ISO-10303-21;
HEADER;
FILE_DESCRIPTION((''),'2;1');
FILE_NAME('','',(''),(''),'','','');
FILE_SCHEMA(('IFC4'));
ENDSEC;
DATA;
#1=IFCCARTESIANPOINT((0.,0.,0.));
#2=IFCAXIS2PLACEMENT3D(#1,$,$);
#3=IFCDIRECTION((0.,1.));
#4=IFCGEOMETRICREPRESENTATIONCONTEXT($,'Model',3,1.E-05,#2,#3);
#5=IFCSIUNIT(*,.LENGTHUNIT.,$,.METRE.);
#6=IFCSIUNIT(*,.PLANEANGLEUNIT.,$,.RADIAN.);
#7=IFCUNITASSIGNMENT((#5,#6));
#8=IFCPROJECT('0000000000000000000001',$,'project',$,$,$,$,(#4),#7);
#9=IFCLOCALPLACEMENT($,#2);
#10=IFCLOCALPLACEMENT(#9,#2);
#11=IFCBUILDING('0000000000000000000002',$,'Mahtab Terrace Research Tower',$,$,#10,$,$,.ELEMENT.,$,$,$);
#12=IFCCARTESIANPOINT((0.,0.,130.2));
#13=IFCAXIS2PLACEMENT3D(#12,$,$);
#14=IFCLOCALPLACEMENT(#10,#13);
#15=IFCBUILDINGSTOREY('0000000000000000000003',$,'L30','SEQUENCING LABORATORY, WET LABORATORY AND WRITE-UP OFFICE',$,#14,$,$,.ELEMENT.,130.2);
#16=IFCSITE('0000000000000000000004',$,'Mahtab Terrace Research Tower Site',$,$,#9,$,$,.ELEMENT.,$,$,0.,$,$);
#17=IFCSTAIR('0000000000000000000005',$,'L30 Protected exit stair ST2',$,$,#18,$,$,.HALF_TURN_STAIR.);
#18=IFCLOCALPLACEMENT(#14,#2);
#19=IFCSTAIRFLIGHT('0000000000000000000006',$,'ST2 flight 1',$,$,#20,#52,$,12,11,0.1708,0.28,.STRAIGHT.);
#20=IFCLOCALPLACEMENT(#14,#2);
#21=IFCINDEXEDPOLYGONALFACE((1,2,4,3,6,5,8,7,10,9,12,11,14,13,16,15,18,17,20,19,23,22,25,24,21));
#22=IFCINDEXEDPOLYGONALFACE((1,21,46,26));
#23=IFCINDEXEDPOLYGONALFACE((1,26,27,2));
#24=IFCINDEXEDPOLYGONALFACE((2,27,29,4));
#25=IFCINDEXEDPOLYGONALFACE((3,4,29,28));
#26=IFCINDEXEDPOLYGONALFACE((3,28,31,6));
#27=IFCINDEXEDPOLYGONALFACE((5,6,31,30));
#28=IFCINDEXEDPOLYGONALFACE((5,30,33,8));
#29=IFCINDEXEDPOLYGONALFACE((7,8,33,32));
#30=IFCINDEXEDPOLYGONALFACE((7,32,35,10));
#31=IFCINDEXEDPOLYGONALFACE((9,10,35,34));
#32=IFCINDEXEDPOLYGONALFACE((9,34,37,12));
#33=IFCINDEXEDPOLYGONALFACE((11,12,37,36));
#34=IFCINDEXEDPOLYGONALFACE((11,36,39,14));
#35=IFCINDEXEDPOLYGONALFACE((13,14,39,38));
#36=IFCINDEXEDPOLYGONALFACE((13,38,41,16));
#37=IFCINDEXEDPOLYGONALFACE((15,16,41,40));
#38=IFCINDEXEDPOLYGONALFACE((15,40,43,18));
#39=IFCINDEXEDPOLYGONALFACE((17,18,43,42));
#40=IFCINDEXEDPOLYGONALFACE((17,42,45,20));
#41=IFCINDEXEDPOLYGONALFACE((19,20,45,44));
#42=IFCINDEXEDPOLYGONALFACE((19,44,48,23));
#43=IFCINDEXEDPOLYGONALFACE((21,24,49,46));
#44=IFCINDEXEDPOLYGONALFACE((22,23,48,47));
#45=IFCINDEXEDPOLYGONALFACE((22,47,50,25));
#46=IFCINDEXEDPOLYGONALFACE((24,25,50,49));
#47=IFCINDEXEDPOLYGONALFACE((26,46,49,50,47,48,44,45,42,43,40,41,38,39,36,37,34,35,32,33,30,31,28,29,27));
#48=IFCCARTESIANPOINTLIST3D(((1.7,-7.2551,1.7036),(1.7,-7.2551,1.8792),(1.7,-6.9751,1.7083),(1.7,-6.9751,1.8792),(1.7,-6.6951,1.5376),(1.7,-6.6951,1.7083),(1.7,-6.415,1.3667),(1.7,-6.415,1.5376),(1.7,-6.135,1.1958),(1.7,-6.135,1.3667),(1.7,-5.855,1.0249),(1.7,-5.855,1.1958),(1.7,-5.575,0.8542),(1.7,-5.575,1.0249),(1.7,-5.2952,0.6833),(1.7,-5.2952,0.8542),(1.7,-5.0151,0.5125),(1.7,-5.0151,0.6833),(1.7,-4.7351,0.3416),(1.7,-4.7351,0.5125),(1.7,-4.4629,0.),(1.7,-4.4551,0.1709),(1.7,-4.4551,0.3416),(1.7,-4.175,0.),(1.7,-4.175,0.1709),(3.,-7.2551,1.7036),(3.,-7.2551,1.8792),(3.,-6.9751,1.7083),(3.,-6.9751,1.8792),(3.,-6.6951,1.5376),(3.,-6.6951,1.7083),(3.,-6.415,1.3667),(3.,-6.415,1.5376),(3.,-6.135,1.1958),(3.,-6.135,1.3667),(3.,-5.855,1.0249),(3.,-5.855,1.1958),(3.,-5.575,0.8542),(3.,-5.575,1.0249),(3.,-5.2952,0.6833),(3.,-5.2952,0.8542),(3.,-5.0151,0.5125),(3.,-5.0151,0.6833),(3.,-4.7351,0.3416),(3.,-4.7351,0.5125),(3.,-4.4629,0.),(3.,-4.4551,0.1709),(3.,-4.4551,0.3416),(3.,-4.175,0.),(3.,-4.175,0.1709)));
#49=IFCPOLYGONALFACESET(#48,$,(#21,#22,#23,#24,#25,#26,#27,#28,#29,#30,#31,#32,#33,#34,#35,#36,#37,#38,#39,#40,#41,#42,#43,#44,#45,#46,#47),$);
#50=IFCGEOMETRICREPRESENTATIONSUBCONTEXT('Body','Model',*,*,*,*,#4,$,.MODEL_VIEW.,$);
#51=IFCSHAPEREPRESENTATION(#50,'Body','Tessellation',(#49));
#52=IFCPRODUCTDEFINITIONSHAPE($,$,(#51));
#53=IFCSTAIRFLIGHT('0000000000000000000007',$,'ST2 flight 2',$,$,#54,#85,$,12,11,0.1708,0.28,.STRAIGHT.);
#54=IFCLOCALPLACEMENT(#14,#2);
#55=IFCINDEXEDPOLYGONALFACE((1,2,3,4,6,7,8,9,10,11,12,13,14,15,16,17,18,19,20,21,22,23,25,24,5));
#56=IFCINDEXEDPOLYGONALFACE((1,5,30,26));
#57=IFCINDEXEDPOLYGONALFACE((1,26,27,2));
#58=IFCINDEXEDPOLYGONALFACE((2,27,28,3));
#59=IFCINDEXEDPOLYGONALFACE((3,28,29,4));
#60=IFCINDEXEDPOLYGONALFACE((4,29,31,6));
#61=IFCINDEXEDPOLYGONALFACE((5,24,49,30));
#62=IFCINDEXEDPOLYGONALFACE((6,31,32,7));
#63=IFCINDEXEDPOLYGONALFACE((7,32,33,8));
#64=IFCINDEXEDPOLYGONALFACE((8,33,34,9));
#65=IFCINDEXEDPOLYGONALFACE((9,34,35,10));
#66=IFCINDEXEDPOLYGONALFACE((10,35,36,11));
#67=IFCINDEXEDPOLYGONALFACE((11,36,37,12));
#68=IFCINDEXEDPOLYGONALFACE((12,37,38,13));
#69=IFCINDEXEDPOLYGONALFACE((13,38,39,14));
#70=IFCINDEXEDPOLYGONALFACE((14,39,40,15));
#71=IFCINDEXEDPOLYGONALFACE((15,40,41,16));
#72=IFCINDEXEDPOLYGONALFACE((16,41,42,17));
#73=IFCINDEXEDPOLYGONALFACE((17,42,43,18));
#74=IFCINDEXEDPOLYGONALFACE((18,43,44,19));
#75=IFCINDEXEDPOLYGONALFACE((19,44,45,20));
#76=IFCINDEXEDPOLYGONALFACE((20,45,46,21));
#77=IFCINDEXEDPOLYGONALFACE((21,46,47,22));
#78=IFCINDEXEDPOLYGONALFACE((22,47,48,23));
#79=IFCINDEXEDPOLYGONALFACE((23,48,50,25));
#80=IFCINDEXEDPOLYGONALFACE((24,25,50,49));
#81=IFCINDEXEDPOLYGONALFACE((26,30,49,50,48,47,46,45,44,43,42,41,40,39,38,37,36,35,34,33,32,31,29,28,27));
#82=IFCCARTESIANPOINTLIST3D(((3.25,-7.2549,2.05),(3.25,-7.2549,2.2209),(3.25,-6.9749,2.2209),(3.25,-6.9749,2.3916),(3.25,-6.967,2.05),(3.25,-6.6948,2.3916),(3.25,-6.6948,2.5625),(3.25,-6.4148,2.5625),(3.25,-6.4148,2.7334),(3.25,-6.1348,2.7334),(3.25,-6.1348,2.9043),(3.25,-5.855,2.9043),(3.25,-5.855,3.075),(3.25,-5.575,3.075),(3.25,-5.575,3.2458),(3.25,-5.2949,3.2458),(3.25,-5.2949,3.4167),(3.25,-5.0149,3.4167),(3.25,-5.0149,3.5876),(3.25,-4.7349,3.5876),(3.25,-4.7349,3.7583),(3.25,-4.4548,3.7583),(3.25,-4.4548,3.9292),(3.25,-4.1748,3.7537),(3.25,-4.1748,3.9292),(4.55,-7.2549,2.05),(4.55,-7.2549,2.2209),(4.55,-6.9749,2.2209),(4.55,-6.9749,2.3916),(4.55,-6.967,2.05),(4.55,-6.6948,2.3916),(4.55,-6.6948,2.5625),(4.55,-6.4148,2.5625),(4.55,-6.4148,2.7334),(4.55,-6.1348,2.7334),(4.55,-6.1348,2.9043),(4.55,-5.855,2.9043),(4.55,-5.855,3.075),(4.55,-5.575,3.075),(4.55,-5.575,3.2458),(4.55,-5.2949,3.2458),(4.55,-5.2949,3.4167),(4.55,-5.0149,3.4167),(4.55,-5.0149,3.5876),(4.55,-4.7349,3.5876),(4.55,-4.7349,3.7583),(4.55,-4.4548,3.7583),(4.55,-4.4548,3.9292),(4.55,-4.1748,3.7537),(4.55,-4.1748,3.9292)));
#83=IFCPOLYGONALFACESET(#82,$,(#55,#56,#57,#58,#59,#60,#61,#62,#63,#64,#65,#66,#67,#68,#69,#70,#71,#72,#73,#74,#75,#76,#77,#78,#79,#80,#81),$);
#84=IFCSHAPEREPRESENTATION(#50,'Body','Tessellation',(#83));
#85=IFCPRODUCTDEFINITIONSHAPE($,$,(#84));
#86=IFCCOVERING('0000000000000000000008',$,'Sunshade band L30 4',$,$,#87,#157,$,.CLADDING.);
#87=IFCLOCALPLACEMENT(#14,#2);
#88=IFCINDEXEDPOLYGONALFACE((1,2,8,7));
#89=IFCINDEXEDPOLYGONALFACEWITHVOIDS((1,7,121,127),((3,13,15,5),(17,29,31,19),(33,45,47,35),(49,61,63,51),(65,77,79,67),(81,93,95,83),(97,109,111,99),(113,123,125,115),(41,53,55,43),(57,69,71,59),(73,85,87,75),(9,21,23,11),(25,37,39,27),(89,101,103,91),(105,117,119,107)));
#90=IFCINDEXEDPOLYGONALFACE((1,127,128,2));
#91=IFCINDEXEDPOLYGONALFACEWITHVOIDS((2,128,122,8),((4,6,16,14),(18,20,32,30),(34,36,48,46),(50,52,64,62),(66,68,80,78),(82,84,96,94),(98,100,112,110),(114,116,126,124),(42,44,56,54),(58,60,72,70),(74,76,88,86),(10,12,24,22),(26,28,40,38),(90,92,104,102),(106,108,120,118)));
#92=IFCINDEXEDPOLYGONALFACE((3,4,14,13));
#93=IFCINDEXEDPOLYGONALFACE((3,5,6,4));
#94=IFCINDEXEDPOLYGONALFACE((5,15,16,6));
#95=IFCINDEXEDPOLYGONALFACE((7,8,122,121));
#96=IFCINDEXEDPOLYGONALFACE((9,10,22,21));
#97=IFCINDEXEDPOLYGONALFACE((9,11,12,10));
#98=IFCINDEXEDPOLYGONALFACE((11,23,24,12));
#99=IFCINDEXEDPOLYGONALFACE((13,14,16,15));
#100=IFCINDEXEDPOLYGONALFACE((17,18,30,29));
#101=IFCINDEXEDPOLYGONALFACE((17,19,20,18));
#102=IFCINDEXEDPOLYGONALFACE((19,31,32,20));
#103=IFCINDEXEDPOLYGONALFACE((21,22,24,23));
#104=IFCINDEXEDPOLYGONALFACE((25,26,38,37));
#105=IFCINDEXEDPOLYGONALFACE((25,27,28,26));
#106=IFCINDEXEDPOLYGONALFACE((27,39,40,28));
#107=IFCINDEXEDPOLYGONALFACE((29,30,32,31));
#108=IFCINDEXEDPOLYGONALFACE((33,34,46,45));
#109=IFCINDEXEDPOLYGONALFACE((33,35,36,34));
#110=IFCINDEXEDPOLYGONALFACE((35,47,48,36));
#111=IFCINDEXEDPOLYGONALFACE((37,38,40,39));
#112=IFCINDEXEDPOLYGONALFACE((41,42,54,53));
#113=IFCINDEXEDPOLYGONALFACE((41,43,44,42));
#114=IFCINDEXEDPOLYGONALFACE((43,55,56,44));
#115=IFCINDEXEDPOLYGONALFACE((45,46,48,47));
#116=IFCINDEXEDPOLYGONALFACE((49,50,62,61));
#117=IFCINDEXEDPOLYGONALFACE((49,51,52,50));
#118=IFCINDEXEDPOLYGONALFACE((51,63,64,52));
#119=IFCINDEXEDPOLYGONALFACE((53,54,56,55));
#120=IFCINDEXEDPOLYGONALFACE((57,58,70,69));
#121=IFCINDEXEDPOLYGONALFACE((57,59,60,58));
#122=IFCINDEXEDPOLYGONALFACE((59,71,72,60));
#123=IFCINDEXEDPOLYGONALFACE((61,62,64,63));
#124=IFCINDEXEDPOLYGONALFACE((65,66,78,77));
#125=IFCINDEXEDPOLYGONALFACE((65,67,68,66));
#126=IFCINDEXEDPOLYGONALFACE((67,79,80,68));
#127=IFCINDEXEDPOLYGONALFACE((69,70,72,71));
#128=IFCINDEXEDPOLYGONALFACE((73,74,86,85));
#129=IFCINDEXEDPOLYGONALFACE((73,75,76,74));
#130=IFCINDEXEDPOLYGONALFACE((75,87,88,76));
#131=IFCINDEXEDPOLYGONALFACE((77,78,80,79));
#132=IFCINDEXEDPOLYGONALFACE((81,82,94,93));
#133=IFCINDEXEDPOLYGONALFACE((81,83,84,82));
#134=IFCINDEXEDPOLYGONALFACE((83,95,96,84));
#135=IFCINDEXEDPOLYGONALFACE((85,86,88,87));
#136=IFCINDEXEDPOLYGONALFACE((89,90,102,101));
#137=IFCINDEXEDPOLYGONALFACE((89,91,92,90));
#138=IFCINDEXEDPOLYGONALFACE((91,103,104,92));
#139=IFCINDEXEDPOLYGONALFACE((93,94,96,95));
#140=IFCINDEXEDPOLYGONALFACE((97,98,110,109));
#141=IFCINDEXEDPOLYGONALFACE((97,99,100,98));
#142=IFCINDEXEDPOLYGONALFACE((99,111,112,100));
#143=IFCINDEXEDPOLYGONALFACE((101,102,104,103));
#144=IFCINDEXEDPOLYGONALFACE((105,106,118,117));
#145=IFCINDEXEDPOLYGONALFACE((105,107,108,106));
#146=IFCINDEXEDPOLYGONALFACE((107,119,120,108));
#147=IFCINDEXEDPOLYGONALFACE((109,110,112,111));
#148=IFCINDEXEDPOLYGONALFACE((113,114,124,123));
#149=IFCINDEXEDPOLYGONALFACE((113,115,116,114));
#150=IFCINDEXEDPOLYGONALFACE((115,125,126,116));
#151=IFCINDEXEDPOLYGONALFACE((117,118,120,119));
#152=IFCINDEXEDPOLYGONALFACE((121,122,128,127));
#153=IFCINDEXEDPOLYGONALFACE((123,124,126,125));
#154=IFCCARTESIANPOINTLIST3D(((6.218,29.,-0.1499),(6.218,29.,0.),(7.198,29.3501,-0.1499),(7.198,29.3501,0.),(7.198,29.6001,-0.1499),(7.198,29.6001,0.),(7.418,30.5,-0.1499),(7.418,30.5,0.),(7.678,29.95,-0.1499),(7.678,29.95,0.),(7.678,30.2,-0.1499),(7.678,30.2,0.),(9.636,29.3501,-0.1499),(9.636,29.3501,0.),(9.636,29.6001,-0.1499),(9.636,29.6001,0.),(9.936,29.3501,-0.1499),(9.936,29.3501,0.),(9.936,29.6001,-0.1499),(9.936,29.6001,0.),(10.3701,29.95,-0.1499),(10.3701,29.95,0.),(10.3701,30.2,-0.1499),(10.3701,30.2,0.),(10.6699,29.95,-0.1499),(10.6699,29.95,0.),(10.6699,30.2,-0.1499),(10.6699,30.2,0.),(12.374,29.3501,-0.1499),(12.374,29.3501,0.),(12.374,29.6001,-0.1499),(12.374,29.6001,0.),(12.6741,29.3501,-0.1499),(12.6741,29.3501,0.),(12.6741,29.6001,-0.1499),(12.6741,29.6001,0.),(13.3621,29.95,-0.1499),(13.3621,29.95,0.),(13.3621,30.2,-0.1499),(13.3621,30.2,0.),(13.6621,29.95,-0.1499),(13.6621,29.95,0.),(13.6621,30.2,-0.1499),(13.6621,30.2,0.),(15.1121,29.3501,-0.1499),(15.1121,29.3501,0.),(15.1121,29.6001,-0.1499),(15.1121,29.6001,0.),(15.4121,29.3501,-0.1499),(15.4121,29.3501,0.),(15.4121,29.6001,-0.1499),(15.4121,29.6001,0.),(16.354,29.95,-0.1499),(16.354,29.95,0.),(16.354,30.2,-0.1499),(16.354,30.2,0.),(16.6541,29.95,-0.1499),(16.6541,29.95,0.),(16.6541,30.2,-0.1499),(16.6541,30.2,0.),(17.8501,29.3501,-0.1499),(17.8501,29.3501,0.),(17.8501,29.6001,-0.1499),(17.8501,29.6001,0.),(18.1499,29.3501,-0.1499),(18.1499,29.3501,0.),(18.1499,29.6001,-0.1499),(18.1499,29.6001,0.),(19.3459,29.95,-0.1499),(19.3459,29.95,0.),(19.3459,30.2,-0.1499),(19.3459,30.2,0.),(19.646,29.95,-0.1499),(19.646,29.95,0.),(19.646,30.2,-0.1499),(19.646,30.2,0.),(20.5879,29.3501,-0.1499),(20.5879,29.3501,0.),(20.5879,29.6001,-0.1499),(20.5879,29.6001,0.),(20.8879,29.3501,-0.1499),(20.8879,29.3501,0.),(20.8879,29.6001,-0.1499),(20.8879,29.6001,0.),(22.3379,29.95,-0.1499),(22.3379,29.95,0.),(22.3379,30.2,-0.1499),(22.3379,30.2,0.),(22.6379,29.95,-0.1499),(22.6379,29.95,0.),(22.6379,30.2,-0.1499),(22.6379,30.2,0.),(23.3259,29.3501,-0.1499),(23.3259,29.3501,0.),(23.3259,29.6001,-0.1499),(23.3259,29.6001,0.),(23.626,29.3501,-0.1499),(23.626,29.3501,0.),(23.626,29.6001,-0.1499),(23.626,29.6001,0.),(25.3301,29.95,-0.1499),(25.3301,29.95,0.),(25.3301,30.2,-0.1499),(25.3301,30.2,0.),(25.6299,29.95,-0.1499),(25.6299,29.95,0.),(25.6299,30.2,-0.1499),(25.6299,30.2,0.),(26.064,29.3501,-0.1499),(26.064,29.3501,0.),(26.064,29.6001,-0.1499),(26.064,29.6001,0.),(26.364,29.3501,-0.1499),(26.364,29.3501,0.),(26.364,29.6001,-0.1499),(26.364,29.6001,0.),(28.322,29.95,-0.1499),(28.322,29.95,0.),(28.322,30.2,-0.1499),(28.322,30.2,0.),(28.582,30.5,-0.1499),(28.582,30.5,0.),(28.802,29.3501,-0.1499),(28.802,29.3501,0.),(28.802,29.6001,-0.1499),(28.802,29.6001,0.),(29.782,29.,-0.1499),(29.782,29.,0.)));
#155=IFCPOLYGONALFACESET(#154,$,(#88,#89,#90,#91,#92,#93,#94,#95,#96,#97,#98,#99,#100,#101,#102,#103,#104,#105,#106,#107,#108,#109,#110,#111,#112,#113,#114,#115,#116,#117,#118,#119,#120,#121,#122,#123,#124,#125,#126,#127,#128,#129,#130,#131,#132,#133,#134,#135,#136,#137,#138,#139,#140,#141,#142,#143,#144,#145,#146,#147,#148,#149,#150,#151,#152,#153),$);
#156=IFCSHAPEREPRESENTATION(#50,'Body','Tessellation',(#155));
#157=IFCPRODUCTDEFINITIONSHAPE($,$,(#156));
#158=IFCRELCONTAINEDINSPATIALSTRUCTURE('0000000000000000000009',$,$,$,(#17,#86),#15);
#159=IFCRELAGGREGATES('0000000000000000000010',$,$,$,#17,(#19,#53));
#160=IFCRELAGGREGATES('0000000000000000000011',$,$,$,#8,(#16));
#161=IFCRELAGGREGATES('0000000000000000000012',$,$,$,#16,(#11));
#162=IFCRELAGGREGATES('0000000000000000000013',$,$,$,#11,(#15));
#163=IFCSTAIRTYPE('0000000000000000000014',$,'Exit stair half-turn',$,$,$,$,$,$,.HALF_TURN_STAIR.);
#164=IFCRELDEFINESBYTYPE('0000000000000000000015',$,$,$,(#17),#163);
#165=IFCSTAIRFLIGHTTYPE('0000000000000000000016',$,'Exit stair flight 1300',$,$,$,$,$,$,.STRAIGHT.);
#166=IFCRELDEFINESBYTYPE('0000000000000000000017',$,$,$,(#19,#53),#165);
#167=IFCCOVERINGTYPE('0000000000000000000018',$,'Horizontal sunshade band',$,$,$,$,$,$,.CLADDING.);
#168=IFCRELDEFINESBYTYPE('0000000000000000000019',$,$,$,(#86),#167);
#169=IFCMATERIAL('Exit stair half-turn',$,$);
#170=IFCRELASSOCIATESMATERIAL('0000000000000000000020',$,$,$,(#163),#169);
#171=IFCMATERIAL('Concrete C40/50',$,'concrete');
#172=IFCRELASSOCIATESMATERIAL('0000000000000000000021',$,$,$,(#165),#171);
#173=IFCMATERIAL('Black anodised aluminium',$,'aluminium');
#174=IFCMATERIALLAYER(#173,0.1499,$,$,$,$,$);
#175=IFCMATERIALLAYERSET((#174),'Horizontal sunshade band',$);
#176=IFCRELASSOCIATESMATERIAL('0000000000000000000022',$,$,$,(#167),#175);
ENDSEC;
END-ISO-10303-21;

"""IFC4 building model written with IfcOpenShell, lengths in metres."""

from ifc_helpers import new_model, si_unit, direction, frame, origin, place, context, subcontext, project, spatial, polyline, outline, extrude, material, layer, layer_set, type_object, element, aggregate, save


model = new_model("IFC4")

# Units and contexts
model_context = context("Model", 3, precision=1e-05, world=origin(), true_north=direction((0.0, 1.0)))
body_context = subcontext(model_context, "Body", "Model", "MODEL_VIEW")
ifc_project = project(units=[si_unit("LENGTHUNIT", "METRE"), si_unit("PLANEANGLEUNIT", "RADIAN")], contexts=[model_context])

# Site, building, storey
site_placement = place(None, origin())
site = spatial("IfcSite", under=ifc_project, at=site_placement, Name="Mahtab Terrace Research Tower Site", CompositionType="ELEMENT", RefElevation=0.0)
building_placement = place(site_placement, origin())
building = spatial("IfcBuilding", under=site, at=building_placement, Name="Mahtab Terrace Research Tower", CompositionType="ELEMENT")
storey_placement = place(building_placement, frame((0.0, 0.0, 130.2)))
storey = spatial("IfcBuildingStorey", under=building, at=storey_placement, Name="L30", Description="SEQUENCING LABORATORY, WET LABORATORY AND WRITE-UP OFFICE", CompositionType="ELEMENT", Elevation=130.2)

# Shared definitions
ifc_material_1 = material(Name="Exit stair half-turn")
stair_type = type_object("IfcStairType", Name="Exit stair half-turn", PredefinedType="HALF_TURN_STAIR", material=ifc_material_1)
ifc_material_2 = material(Name="Concrete C40/50", Category="concrete")

# Stair, stair flights
stair_1_placement = place(storey_placement, origin())
stair_1 = element("IfcStair", 1, at=stair_1_placement, inside=storey, type_object=stair_type, Name="L30 Protected exit stair ST2", PredefinedType="HALF_TURN_STAIR")
stair_flight_type = type_object("IfcStairFlightType", Name="Exit stair flight 1300", PredefinedType="STRAIGHT", material=ifc_material_2)
stair_flight_1_placement = place(storey_placement, frame((2.3501, -4.175, 0.0), z_axis=(0.0, 0.0, 1.0), x_axis=(0.0, -1.0, 0.0)))
stair_flight_1 = element("IfcStairFlight", 2, at=stair_flight_1_placement, type_object=stair_flight_type, Name="ST2 flight 1", NumberOfRisers=12, NumberOfTreads=11, PredefinedType="STRAIGHT", RiserHeight=0.1708, TreadLength=0.28, context=body_context, shape_type="SweptSolid", body=[
    extrude(outline(polyline([(0.0, 0.0), (0.0, 0.1709), (0.28, 0.1709), (0.28, 0.3416), (0.5601, 0.3416), (0.5601, 0.5125), (0.8401, 0.5125), (0.8401, 0.6833), (1.1201, 0.6833), (1.1201, 0.8542), (1.3999, 0.8542), (1.3999, 1.0249), (1.6799, 1.0249), (1.6799, 1.1958), (1.96, 1.1958), (1.96, 1.3667), (2.24, 1.3667), (2.24, 1.5376), (2.52, 1.5376), (2.52, 1.7083), (2.8, 1.7083), (2.8, 1.8792), (3.0801, 1.8792), (3.0801, 2.05), (3.0801, 1.7036), (0.2878, 0.0), (0.0, 0.0)])), frame((0.0, 0.6499, 0.0), z_axis=(0.0, -1.0, 0.0), x_axis=(1.0, 0.0, 0.0)), (0.0, 0.0, 1.0), 1.3),
])
stair_flight_2_placement = place(storey_placement, frame((3.8999, -7.2549, 2.05), z_axis=(0.0, 0.0, 1.0), x_axis=(0.0, 1.0, 0.0)))
stair_flight_2 = element("IfcStairFlight", 3, at=stair_flight_2_placement, type_object=stair_flight_type, Name="ST2 flight 2", NumberOfRisers=12, NumberOfTreads=11, PredefinedType="STRAIGHT", RiserHeight=0.1708, TreadLength=0.28, context=body_context, shape_type="SweptSolid", body=[
    extrude(outline(polyline([(0.0, 0.0), (0.0, 0.1709), (0.28, 0.1709), (0.28, 0.3416), (0.5601, 0.3416), (0.5601, 0.5125), (0.8401, 0.5125), (0.8401, 0.6833), (1.1201, 0.6833), (1.1201, 0.8542), (1.3999, 0.8542), (1.3999, 1.0249), (1.6799, 1.0249), (1.6799, 1.1958), (1.96, 1.1958), (1.96, 1.3667), (2.24, 1.3667), (2.24, 1.5376), (2.52, 1.5376), (2.52, 1.7083), (2.8, 1.7083), (2.8, 1.8792), (3.0801, 1.8792), (3.0801, 2.05), (3.0801, 1.7036), (0.2878, 0.0), (0.0, 0.0)])), frame((0.0, 0.6499, 0.0), z_axis=(0.0, -1.0, 0.0), x_axis=(1.0, 0.0, 0.0)), (0.0, 0.0, 1.0), 1.3),
])
aggregate(stair_1, [stair_flight_1, stair_flight_2])

# Covering
ifc_material_3 = material(Name="Black anodised aluminium", Category="aluminium")
ifc_layer_1 = layer(ifc_material_3, 0.1499)
ifc_layer_set_1 = layer_set([ifc_layer_1], Name="Horizontal sunshade band")
covering_type = type_object("IfcCoveringType", Name="Horizontal sunshade band", PredefinedType="CLADDING", material=ifc_layer_set_1)
covering_1_placement = place(storey_placement, frame((0.0, 0.0, -0.1499)))
element("IfcCovering", 4, at=covering_1_placement, inside=storey, type_object=covering_type, Name="Sunshade band L30 4", PredefinedType="CLADDING", context=body_context, shape_type="SweptSolid", body=[
    extrude(outline(polyline([(29.782, 29.0), (6.218, 29.0), (7.418, 30.5), (28.582, 30.5), (29.782, 29.0)]), holes=[polyline([(28.802, 29.3501), (26.364, 29.3501), (26.364, 29.6001), (28.802, 29.6001), (28.802, 29.3501)]), polyline([(26.064, 29.3501), (23.626, 29.3501), (23.626, 29.6001), (26.064, 29.6001), (26.064, 29.3501)]), polyline([(23.3259, 29.3501), (20.8879, 29.3501), (20.8879, 29.6001), (23.3259, 29.6001), (23.3259, 29.3501)]), polyline([(20.5879, 29.3501), (18.1499, 29.3501), (18.1499, 29.6001), (20.5879, 29.6001), (20.5879, 29.3501)]), polyline([(17.8501, 29.3501), (15.4121, 29.3501), (15.4121, 29.6001), (17.8501, 29.6001), (17.8501, 29.3501)]), polyline([(15.1121, 29.3501), (12.6741, 29.3501), (12.6741, 29.6001), (15.1121, 29.6001), (15.1121, 29.3501)]), polyline([(12.374, 29.3501), (9.936, 29.3501), (9.936, 29.6001), (12.374, 29.6001), (12.374, 29.3501)]), polyline([(9.636, 29.3501), (7.198, 29.3501), (7.198, 29.6001), (9.636, 29.6001), (9.636, 29.3501)]), polyline([(28.322, 29.95), (25.6299, 29.95), (25.6299, 30.2), (28.322, 30.2), (28.322, 29.95)]), polyline([(25.3301, 29.95), (22.6379, 29.95), (22.6379, 30.2), (25.3301, 30.2), (25.3301, 29.95)]), polyline([(22.3379, 29.95), (19.646, 29.95), (19.646, 30.2), (22.3379, 30.2), (22.3379, 29.95)]), polyline([(19.3459, 29.95), (16.6541, 29.95), (16.6541, 30.2), (19.3459, 30.2), (19.3459, 29.95)]), polyline([(16.354, 29.95), (13.6621, 29.95), (13.6621, 30.2), (16.354, 30.2), (16.354, 29.95)]), polyline([(13.3621, 29.95), (10.6699, 29.95), (10.6699, 30.2), (13.3621, 30.2), (13.3621, 29.95)]), polyline([(10.3701, 29.95), (7.678, 29.95), (7.678, 30.2), (10.3701, 30.2), (10.3701, 29.95)])]), origin(), (0.0, 0.0, 1.0), 0.1499),
])

save(model, "model.ifc")
